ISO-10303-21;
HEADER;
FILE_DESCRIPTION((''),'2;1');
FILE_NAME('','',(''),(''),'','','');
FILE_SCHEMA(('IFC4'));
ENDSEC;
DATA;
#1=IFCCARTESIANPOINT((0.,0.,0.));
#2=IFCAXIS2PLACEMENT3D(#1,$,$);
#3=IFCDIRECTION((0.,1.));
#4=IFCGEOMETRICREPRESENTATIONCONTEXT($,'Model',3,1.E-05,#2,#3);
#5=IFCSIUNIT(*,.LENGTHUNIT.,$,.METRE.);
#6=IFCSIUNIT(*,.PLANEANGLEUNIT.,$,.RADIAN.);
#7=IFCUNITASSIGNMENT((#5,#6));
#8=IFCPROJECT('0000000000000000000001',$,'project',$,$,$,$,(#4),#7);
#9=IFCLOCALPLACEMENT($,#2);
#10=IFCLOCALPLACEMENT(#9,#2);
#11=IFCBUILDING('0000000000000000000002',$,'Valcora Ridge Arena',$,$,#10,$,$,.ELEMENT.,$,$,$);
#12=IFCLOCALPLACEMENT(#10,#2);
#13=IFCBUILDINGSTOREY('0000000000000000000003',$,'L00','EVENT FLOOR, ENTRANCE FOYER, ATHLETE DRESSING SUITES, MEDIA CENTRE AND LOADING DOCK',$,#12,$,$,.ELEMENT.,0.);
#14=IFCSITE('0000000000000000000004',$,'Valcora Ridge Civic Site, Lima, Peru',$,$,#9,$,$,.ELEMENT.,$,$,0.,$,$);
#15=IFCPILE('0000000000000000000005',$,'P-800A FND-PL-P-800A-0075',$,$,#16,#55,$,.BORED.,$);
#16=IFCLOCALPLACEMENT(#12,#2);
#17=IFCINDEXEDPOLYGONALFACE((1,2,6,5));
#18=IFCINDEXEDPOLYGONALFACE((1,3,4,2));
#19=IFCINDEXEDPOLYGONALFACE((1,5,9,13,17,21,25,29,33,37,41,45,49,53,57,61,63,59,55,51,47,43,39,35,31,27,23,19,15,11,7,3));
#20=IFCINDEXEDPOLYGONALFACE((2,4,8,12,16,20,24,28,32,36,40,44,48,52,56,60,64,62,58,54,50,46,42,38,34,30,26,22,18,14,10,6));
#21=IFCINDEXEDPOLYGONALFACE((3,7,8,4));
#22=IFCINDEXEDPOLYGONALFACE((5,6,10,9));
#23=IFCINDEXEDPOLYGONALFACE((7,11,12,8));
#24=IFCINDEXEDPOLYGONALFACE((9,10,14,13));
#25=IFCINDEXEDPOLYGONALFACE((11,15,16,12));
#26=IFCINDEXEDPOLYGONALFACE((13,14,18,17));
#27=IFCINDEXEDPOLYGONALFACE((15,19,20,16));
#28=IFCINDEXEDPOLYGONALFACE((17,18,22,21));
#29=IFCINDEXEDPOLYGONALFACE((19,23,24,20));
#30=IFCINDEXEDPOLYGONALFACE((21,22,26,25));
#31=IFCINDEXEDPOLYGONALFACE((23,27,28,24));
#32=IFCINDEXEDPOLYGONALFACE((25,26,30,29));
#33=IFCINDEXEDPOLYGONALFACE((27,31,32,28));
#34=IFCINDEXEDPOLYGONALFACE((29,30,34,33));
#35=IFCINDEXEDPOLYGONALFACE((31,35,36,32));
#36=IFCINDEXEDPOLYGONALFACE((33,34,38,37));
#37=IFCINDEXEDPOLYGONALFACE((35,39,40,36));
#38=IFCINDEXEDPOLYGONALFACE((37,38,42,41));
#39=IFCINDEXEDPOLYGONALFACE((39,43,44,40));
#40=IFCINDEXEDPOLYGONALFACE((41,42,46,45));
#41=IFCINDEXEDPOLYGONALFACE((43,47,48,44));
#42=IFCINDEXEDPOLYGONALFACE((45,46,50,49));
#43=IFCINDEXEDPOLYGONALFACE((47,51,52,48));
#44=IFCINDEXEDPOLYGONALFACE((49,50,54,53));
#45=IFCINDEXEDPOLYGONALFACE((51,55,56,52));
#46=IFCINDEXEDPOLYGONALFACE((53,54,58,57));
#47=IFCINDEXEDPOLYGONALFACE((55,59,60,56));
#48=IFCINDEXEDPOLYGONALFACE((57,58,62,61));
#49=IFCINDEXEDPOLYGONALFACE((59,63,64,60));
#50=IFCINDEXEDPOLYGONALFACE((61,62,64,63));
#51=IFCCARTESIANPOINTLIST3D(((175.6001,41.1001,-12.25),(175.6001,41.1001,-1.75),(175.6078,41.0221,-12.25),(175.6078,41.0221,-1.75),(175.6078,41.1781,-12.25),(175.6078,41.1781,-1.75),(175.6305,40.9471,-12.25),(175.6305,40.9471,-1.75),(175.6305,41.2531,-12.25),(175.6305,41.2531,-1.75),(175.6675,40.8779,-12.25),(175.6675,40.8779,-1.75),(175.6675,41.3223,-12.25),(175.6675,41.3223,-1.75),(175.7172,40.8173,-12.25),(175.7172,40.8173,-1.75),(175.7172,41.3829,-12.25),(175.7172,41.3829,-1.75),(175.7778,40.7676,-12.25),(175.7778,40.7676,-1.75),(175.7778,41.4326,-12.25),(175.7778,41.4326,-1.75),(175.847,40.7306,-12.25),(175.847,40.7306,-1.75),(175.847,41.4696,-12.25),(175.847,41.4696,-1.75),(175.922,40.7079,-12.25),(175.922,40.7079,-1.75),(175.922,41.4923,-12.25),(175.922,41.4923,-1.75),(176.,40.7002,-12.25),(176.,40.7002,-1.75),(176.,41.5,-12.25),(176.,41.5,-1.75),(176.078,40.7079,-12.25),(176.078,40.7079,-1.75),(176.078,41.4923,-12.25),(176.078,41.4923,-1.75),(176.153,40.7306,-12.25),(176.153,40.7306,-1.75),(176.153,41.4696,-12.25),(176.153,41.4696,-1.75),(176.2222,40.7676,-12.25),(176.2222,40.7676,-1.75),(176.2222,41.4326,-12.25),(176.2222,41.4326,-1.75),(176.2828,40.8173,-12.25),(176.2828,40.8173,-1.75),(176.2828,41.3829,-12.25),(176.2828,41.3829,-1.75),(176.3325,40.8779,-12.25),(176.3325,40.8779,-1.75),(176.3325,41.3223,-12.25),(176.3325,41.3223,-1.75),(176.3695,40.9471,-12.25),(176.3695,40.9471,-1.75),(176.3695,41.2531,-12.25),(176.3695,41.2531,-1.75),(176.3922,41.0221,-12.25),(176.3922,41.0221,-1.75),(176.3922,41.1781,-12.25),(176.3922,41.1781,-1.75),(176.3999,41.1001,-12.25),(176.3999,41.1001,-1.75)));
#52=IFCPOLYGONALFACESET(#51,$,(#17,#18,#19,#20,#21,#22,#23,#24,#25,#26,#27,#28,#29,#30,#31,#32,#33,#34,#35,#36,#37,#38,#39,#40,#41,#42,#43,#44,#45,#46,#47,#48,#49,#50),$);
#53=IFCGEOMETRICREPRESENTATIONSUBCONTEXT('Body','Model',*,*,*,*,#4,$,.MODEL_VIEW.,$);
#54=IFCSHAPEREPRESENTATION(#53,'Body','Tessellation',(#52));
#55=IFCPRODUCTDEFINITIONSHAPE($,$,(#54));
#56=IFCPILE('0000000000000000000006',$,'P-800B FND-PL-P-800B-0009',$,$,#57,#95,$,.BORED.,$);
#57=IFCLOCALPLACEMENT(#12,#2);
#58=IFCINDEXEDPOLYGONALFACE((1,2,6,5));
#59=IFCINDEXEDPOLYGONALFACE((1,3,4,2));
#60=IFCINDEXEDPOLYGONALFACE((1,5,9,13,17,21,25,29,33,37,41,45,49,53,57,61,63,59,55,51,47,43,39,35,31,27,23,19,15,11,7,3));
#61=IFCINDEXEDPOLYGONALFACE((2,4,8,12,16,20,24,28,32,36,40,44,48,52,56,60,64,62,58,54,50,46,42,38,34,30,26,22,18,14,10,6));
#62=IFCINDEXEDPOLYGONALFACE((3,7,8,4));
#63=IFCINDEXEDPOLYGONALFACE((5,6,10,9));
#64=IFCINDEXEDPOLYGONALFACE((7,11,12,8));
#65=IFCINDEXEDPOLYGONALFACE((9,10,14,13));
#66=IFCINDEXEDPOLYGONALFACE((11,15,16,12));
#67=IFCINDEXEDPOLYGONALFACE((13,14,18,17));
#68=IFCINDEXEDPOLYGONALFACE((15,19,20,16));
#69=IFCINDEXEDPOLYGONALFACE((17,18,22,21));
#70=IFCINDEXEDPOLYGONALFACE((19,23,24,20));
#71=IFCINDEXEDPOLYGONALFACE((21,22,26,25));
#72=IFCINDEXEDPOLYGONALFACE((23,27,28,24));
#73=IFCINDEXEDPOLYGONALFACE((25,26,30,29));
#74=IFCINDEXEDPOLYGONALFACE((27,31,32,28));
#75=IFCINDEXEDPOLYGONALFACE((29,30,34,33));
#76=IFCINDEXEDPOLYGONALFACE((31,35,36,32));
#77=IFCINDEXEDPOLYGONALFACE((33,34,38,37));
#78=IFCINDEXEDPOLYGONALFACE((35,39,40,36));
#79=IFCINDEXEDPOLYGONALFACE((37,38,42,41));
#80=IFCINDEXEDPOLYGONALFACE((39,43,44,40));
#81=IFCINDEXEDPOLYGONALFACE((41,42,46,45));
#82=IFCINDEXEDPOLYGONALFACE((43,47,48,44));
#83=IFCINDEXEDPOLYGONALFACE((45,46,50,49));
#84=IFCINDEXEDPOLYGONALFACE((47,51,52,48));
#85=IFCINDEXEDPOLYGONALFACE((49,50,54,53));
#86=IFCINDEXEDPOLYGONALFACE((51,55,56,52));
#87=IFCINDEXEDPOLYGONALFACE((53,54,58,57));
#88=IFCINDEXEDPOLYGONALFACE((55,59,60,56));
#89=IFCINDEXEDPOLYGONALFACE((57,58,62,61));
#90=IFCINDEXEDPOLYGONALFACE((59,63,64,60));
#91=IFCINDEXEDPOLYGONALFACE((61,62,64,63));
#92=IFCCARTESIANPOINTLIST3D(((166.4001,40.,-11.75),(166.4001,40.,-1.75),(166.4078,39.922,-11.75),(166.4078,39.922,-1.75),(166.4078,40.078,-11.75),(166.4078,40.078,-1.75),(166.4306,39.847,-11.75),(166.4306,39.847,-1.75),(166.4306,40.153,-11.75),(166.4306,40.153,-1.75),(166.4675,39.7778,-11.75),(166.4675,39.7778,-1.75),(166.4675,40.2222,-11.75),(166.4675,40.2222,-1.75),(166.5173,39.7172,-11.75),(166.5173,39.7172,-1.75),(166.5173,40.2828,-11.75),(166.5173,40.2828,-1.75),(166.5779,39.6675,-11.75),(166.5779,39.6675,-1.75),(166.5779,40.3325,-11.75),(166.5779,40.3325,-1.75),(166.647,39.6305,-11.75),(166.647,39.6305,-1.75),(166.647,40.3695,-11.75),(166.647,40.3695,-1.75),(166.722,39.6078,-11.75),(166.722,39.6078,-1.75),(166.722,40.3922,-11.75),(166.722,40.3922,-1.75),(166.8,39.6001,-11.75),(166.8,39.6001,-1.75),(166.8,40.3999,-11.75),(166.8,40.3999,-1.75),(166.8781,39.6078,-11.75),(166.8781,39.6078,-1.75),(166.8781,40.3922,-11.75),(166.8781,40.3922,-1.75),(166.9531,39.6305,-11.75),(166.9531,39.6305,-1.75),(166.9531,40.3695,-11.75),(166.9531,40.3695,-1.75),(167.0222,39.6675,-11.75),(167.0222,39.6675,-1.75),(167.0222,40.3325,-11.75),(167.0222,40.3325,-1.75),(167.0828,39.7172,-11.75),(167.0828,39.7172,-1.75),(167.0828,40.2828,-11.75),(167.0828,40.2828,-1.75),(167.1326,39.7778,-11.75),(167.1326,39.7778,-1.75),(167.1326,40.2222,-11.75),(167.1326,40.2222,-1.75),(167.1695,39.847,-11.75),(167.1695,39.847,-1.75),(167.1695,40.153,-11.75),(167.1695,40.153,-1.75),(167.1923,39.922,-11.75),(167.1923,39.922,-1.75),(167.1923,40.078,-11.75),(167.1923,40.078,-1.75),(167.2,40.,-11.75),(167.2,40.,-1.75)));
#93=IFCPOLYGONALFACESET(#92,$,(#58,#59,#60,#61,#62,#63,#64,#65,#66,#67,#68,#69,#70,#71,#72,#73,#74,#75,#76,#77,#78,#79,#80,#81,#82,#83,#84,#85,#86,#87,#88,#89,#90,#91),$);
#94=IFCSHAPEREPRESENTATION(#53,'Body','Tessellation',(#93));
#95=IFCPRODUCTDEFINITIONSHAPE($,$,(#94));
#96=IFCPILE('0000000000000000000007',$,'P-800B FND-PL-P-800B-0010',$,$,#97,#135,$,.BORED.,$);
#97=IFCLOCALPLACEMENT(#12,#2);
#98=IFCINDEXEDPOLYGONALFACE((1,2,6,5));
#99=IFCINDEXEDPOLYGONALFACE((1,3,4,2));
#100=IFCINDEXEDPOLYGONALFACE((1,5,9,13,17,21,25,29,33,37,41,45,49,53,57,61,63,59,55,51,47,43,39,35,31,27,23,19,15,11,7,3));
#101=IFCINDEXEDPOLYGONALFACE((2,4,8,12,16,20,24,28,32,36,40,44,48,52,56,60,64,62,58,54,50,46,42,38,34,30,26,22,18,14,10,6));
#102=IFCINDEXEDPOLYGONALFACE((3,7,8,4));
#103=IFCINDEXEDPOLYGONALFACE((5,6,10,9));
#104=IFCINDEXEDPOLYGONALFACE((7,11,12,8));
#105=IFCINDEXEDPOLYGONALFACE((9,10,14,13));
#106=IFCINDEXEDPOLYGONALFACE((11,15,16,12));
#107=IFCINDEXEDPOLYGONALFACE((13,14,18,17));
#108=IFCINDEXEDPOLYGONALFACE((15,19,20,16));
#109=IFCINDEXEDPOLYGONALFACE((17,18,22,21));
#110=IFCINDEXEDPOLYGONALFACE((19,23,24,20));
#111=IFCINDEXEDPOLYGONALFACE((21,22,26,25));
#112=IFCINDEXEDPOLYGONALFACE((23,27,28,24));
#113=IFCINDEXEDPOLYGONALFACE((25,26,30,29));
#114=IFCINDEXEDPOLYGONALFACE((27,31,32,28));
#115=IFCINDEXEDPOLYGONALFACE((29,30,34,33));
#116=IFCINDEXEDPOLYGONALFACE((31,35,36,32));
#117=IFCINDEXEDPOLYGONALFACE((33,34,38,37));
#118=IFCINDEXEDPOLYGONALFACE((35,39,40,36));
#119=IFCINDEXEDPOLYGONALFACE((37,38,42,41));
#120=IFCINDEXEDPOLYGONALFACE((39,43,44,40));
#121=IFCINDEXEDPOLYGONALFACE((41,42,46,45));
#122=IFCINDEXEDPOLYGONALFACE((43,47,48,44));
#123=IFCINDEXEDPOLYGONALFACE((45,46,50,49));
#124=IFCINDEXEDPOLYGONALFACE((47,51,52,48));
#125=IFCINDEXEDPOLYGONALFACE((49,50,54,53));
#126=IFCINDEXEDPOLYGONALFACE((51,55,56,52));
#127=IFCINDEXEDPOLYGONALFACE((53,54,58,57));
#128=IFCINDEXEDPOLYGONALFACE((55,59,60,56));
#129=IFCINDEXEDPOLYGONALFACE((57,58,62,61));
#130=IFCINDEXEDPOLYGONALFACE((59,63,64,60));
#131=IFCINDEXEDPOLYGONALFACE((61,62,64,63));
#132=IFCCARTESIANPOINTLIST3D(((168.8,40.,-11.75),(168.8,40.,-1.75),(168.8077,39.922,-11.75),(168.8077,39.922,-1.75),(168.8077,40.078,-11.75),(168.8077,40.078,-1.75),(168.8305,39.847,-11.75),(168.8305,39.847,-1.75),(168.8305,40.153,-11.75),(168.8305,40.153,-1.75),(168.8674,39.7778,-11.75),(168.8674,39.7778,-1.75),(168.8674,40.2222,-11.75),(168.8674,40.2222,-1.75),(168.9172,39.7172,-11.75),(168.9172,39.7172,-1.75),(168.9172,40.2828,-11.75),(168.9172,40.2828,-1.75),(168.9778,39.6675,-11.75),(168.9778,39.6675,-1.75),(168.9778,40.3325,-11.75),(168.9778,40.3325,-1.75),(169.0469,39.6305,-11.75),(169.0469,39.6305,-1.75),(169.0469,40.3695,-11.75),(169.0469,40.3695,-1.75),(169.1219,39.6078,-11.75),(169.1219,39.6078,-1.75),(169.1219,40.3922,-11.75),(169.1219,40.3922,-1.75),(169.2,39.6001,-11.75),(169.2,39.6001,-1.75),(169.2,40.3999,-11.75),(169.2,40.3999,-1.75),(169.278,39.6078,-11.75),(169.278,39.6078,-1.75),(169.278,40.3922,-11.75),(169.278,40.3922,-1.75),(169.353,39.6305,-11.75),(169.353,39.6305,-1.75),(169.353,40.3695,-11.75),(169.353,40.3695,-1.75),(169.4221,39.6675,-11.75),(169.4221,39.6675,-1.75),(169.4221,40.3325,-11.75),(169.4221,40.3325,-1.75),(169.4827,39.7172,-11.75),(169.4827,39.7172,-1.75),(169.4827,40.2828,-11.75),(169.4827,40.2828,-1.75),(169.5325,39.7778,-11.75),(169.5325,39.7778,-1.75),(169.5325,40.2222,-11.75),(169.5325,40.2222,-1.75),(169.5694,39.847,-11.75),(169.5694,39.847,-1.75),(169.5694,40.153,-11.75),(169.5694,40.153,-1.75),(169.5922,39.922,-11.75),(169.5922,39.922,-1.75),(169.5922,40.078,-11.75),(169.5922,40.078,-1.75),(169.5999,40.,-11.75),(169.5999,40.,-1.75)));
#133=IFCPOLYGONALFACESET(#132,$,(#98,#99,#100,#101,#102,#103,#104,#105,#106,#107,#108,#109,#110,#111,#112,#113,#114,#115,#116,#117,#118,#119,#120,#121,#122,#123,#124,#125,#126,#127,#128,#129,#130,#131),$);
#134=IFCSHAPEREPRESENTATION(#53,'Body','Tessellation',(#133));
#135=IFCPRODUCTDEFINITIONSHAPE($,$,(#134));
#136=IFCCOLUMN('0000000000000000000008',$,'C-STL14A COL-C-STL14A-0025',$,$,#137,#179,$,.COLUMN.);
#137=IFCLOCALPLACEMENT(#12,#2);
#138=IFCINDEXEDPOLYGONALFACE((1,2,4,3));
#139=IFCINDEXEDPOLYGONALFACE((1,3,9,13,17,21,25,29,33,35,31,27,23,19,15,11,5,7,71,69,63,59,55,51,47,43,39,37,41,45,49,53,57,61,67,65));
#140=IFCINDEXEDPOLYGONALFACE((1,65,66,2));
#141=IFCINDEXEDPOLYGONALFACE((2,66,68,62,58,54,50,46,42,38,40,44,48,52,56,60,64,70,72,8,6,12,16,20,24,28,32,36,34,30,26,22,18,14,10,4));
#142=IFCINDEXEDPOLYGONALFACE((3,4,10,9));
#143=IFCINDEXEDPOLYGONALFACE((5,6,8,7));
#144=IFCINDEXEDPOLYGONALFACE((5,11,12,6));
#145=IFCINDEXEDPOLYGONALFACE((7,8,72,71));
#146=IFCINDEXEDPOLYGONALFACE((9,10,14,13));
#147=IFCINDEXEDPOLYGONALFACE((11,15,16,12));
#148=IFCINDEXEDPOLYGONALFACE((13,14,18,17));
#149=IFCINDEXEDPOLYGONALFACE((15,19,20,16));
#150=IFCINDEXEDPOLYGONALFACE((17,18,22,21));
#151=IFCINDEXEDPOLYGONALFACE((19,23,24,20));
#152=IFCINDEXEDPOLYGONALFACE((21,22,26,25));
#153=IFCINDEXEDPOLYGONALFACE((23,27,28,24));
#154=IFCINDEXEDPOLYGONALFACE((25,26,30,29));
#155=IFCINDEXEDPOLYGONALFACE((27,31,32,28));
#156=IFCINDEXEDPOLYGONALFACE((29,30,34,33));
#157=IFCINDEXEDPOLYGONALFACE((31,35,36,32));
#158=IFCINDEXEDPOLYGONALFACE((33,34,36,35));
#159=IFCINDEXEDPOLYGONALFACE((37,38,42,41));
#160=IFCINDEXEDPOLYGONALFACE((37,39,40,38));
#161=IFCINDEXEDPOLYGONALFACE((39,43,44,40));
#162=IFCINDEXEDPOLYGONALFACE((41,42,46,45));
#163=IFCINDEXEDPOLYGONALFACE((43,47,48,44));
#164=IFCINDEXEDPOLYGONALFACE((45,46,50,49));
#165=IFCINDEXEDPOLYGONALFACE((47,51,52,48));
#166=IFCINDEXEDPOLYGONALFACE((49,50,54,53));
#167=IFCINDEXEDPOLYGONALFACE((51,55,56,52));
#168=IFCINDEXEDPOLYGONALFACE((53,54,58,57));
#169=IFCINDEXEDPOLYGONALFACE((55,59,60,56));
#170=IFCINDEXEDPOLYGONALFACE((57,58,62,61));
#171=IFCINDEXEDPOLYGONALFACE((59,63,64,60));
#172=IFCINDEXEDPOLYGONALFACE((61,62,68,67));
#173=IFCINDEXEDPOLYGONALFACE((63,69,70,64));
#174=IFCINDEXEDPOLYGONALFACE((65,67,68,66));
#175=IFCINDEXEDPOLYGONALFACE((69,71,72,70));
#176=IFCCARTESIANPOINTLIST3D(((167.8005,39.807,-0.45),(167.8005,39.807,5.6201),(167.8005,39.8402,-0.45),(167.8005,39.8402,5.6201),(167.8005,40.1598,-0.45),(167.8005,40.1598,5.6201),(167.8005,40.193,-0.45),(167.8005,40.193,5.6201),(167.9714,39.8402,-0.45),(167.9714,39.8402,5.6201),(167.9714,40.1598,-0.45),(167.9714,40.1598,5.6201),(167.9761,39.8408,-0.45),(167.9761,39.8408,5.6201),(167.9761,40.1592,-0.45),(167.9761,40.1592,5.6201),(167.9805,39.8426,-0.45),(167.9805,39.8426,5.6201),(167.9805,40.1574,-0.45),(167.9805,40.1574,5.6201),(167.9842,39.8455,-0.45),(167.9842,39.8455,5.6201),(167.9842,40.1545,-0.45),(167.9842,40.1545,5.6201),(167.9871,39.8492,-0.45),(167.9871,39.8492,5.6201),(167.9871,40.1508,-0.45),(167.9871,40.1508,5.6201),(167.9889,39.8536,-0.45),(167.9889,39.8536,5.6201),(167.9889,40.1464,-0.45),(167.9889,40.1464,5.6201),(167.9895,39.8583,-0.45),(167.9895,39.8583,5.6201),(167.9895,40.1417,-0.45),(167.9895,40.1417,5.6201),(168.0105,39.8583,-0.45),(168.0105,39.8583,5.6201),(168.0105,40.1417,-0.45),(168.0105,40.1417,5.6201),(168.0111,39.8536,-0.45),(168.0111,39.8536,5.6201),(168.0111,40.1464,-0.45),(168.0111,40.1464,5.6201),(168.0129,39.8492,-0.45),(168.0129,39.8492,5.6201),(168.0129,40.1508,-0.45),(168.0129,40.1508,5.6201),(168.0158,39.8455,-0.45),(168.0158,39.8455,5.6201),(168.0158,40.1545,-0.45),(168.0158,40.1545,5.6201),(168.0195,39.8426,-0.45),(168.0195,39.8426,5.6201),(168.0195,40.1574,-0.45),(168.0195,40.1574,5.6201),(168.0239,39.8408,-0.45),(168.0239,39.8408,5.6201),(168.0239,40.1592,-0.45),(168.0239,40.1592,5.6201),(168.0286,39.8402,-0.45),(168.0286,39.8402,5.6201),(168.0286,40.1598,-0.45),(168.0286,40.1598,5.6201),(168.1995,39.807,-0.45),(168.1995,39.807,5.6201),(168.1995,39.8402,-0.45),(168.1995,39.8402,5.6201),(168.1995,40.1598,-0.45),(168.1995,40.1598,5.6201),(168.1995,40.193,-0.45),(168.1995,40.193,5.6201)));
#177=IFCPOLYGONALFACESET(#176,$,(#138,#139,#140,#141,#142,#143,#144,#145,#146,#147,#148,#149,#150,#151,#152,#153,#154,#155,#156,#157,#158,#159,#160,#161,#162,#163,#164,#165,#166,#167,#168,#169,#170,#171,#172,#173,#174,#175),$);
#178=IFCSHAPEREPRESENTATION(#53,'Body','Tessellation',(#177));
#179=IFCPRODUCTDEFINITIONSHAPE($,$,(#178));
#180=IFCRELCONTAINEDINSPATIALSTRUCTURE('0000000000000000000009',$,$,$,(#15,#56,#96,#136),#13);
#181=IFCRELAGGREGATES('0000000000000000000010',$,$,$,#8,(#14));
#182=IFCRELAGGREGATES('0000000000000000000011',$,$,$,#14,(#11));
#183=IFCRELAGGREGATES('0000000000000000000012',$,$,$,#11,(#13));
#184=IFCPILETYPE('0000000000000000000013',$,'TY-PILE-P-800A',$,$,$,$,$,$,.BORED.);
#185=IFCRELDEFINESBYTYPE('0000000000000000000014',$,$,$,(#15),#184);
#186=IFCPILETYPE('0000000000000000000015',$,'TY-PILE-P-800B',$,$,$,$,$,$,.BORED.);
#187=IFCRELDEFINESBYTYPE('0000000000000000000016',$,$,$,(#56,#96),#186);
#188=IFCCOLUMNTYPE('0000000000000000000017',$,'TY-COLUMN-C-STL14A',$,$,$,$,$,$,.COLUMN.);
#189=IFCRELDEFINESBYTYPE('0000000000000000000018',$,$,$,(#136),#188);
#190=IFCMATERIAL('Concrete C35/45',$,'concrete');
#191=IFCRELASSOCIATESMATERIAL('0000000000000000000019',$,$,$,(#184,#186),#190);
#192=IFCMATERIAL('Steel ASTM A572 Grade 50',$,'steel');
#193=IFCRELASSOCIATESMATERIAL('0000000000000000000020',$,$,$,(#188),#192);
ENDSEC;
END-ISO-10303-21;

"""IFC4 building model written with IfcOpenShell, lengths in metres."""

from ifc_helpers import new_model, si_unit, direction, frame, origin, origin_2d, place, context, subcontext, project, spatial, circle, i_section, extrude, material, material_profile, profile_set, type_object, element, save


model = new_model("IFC4")

# Units and contexts
model_context = context("Model", 3, precision=1e-05, world=origin(), true_north=direction((0.0, 1.0)))
body_context = subcontext(model_context, "Body", "Model", "MODEL_VIEW")
ifc_project = project(units=[si_unit("LENGTHUNIT", "METRE"), si_unit("PLANEANGLEUNIT", "RADIAN")], contexts=[model_context])

# Site, building, storey
site_placement = place(None, origin())
site = spatial("IfcSite", under=ifc_project, at=site_placement, Name="Valcora Ridge Civic Site, Lima, Peru", CompositionType="ELEMENT", RefElevation=0.0)
building_placement = place(site_placement, origin())
building = spatial("IfcBuilding", under=site, at=building_placement, Name="Valcora Ridge Arena", CompositionType="ELEMENT")
storey_placement = place(building_placement, origin())
storey = spatial("IfcBuildingStorey", under=building, at=storey_placement, Name="L00", Description="EVENT FLOOR, ENTRANCE FOYER, ATHLETE DRESSING SUITES, MEDIA CENTRE AND LOADING DOCK", CompositionType="ELEMENT", Elevation=0.0)

# Piles
ifc_material_1 = material(Name="Concrete C35/45", Category="concrete")
ifc_material_profile_1 = material_profile(ifc_material_1, circle(Radius=0.3999, at=origin_2d()), Name="BORED PILE D800")
ifc_profile_set_1 = profile_set([ifc_material_profile_1], Name="Concrete C35/45")
pile_type_1 = type_object("IfcPileType", Name="TY-PILE-P-800A", PredefinedType="BORED", material=ifc_profile_set_1)
for number, where, z_axis, x_axis, name in (
    (1, (176.0, 41.1001, -1.75), (0.0, 0.0, -1.0), (1.0, 0.0, 0.0), "P-800A FND-PL-P-800A-0075"),
):
    element("IfcPile", number, at=place(storey_placement, frame(where, z_axis=z_axis, x_axis=x_axis)), inside=storey, type_object=pile_type_1, Name=name, PredefinedType="BORED", context=body_context, shape_type="SweptSolid", body=[
        extrude(circle(Radius=0.3999, at=origin_2d()), origin(), (0.0, 0.0, 1.0), 10.5),
    ])
ifc_material_profile_2 = material_profile(ifc_material_1, circle(Radius=0.3999, at=origin_2d()), Name="BORED PILE D800")
ifc_profile_set_2 = profile_set([ifc_material_profile_2], Name="Concrete C35/45")
pile_type_2 = type_object("IfcPileType", Name="TY-PILE-P-800B", PredefinedType="BORED", material=ifc_profile_set_2)
for number, where, z_axis, x_axis, name in (
    (2, (166.8, 40.0, -1.75), (0.0, 0.0, -1.0), (1.0, 0.0, 0.0), "P-800B FND-PL-P-800B-0009"),
    (3, (169.2, 40.0, -1.75), (0.0, 0.0, -1.0), (1.0, 0.0, 0.0), "P-800B FND-PL-P-800B-0010"),
):
    element("IfcPile", number, at=place(storey_placement, frame(where, z_axis=z_axis, x_axis=x_axis)), inside=storey, type_object=pile_type_2, Name=name, PredefinedType="BORED", context=body_context, shape_type="SweptSolid", body=[
        extrude(circle(Radius=0.3999, at=origin_2d()), origin(), (0.0, 0.0, 1.0), 10.0),
    ])

# Column
ifc_material_2 = material(Name="Steel ASTM A572 Grade 50", Category="steel")
ifc_material_profile_3 = material_profile(ifc_material_2, i_section(OverallWidth=0.3989, OverallDepth=0.386, WebThickness=0.021, FlangeThickness=0.0332, FilletRadius=0.0181, at=origin_2d()), Name="W14X176")
ifc_profile_set_3 = profile_set([ifc_material_profile_3], Name="Steel ASTM A572 Grade 50")
column_type = type_object("IfcColumnType", Name="TY-COLUMN-C-STL14A", PredefinedType="COLUMN", material=ifc_profile_set_3)
column_1_placement = place(storey_placement, frame((168.0, 40.0, -0.45), z_axis=(0.0, 0.0, 1.0), x_axis=(1.0, 0.0, 0.0)))
element("IfcColumn", 4, at=column_1_placement, inside=storey, type_object=column_type, Name="C-STL14A COL-C-STL14A-0025", PredefinedType="COLUMN", context=body_context, shape_type="SweptSolid", body=[
    extrude(i_section(OverallWidth=0.3989, OverallDepth=0.386, WebThickness=0.021, FlangeThickness=0.0332, FilletRadius=0.0181, at=origin_2d()), origin(), (0.0, 0.0, 1.0), 6.0701),
])

save(model, "model.ifc")
